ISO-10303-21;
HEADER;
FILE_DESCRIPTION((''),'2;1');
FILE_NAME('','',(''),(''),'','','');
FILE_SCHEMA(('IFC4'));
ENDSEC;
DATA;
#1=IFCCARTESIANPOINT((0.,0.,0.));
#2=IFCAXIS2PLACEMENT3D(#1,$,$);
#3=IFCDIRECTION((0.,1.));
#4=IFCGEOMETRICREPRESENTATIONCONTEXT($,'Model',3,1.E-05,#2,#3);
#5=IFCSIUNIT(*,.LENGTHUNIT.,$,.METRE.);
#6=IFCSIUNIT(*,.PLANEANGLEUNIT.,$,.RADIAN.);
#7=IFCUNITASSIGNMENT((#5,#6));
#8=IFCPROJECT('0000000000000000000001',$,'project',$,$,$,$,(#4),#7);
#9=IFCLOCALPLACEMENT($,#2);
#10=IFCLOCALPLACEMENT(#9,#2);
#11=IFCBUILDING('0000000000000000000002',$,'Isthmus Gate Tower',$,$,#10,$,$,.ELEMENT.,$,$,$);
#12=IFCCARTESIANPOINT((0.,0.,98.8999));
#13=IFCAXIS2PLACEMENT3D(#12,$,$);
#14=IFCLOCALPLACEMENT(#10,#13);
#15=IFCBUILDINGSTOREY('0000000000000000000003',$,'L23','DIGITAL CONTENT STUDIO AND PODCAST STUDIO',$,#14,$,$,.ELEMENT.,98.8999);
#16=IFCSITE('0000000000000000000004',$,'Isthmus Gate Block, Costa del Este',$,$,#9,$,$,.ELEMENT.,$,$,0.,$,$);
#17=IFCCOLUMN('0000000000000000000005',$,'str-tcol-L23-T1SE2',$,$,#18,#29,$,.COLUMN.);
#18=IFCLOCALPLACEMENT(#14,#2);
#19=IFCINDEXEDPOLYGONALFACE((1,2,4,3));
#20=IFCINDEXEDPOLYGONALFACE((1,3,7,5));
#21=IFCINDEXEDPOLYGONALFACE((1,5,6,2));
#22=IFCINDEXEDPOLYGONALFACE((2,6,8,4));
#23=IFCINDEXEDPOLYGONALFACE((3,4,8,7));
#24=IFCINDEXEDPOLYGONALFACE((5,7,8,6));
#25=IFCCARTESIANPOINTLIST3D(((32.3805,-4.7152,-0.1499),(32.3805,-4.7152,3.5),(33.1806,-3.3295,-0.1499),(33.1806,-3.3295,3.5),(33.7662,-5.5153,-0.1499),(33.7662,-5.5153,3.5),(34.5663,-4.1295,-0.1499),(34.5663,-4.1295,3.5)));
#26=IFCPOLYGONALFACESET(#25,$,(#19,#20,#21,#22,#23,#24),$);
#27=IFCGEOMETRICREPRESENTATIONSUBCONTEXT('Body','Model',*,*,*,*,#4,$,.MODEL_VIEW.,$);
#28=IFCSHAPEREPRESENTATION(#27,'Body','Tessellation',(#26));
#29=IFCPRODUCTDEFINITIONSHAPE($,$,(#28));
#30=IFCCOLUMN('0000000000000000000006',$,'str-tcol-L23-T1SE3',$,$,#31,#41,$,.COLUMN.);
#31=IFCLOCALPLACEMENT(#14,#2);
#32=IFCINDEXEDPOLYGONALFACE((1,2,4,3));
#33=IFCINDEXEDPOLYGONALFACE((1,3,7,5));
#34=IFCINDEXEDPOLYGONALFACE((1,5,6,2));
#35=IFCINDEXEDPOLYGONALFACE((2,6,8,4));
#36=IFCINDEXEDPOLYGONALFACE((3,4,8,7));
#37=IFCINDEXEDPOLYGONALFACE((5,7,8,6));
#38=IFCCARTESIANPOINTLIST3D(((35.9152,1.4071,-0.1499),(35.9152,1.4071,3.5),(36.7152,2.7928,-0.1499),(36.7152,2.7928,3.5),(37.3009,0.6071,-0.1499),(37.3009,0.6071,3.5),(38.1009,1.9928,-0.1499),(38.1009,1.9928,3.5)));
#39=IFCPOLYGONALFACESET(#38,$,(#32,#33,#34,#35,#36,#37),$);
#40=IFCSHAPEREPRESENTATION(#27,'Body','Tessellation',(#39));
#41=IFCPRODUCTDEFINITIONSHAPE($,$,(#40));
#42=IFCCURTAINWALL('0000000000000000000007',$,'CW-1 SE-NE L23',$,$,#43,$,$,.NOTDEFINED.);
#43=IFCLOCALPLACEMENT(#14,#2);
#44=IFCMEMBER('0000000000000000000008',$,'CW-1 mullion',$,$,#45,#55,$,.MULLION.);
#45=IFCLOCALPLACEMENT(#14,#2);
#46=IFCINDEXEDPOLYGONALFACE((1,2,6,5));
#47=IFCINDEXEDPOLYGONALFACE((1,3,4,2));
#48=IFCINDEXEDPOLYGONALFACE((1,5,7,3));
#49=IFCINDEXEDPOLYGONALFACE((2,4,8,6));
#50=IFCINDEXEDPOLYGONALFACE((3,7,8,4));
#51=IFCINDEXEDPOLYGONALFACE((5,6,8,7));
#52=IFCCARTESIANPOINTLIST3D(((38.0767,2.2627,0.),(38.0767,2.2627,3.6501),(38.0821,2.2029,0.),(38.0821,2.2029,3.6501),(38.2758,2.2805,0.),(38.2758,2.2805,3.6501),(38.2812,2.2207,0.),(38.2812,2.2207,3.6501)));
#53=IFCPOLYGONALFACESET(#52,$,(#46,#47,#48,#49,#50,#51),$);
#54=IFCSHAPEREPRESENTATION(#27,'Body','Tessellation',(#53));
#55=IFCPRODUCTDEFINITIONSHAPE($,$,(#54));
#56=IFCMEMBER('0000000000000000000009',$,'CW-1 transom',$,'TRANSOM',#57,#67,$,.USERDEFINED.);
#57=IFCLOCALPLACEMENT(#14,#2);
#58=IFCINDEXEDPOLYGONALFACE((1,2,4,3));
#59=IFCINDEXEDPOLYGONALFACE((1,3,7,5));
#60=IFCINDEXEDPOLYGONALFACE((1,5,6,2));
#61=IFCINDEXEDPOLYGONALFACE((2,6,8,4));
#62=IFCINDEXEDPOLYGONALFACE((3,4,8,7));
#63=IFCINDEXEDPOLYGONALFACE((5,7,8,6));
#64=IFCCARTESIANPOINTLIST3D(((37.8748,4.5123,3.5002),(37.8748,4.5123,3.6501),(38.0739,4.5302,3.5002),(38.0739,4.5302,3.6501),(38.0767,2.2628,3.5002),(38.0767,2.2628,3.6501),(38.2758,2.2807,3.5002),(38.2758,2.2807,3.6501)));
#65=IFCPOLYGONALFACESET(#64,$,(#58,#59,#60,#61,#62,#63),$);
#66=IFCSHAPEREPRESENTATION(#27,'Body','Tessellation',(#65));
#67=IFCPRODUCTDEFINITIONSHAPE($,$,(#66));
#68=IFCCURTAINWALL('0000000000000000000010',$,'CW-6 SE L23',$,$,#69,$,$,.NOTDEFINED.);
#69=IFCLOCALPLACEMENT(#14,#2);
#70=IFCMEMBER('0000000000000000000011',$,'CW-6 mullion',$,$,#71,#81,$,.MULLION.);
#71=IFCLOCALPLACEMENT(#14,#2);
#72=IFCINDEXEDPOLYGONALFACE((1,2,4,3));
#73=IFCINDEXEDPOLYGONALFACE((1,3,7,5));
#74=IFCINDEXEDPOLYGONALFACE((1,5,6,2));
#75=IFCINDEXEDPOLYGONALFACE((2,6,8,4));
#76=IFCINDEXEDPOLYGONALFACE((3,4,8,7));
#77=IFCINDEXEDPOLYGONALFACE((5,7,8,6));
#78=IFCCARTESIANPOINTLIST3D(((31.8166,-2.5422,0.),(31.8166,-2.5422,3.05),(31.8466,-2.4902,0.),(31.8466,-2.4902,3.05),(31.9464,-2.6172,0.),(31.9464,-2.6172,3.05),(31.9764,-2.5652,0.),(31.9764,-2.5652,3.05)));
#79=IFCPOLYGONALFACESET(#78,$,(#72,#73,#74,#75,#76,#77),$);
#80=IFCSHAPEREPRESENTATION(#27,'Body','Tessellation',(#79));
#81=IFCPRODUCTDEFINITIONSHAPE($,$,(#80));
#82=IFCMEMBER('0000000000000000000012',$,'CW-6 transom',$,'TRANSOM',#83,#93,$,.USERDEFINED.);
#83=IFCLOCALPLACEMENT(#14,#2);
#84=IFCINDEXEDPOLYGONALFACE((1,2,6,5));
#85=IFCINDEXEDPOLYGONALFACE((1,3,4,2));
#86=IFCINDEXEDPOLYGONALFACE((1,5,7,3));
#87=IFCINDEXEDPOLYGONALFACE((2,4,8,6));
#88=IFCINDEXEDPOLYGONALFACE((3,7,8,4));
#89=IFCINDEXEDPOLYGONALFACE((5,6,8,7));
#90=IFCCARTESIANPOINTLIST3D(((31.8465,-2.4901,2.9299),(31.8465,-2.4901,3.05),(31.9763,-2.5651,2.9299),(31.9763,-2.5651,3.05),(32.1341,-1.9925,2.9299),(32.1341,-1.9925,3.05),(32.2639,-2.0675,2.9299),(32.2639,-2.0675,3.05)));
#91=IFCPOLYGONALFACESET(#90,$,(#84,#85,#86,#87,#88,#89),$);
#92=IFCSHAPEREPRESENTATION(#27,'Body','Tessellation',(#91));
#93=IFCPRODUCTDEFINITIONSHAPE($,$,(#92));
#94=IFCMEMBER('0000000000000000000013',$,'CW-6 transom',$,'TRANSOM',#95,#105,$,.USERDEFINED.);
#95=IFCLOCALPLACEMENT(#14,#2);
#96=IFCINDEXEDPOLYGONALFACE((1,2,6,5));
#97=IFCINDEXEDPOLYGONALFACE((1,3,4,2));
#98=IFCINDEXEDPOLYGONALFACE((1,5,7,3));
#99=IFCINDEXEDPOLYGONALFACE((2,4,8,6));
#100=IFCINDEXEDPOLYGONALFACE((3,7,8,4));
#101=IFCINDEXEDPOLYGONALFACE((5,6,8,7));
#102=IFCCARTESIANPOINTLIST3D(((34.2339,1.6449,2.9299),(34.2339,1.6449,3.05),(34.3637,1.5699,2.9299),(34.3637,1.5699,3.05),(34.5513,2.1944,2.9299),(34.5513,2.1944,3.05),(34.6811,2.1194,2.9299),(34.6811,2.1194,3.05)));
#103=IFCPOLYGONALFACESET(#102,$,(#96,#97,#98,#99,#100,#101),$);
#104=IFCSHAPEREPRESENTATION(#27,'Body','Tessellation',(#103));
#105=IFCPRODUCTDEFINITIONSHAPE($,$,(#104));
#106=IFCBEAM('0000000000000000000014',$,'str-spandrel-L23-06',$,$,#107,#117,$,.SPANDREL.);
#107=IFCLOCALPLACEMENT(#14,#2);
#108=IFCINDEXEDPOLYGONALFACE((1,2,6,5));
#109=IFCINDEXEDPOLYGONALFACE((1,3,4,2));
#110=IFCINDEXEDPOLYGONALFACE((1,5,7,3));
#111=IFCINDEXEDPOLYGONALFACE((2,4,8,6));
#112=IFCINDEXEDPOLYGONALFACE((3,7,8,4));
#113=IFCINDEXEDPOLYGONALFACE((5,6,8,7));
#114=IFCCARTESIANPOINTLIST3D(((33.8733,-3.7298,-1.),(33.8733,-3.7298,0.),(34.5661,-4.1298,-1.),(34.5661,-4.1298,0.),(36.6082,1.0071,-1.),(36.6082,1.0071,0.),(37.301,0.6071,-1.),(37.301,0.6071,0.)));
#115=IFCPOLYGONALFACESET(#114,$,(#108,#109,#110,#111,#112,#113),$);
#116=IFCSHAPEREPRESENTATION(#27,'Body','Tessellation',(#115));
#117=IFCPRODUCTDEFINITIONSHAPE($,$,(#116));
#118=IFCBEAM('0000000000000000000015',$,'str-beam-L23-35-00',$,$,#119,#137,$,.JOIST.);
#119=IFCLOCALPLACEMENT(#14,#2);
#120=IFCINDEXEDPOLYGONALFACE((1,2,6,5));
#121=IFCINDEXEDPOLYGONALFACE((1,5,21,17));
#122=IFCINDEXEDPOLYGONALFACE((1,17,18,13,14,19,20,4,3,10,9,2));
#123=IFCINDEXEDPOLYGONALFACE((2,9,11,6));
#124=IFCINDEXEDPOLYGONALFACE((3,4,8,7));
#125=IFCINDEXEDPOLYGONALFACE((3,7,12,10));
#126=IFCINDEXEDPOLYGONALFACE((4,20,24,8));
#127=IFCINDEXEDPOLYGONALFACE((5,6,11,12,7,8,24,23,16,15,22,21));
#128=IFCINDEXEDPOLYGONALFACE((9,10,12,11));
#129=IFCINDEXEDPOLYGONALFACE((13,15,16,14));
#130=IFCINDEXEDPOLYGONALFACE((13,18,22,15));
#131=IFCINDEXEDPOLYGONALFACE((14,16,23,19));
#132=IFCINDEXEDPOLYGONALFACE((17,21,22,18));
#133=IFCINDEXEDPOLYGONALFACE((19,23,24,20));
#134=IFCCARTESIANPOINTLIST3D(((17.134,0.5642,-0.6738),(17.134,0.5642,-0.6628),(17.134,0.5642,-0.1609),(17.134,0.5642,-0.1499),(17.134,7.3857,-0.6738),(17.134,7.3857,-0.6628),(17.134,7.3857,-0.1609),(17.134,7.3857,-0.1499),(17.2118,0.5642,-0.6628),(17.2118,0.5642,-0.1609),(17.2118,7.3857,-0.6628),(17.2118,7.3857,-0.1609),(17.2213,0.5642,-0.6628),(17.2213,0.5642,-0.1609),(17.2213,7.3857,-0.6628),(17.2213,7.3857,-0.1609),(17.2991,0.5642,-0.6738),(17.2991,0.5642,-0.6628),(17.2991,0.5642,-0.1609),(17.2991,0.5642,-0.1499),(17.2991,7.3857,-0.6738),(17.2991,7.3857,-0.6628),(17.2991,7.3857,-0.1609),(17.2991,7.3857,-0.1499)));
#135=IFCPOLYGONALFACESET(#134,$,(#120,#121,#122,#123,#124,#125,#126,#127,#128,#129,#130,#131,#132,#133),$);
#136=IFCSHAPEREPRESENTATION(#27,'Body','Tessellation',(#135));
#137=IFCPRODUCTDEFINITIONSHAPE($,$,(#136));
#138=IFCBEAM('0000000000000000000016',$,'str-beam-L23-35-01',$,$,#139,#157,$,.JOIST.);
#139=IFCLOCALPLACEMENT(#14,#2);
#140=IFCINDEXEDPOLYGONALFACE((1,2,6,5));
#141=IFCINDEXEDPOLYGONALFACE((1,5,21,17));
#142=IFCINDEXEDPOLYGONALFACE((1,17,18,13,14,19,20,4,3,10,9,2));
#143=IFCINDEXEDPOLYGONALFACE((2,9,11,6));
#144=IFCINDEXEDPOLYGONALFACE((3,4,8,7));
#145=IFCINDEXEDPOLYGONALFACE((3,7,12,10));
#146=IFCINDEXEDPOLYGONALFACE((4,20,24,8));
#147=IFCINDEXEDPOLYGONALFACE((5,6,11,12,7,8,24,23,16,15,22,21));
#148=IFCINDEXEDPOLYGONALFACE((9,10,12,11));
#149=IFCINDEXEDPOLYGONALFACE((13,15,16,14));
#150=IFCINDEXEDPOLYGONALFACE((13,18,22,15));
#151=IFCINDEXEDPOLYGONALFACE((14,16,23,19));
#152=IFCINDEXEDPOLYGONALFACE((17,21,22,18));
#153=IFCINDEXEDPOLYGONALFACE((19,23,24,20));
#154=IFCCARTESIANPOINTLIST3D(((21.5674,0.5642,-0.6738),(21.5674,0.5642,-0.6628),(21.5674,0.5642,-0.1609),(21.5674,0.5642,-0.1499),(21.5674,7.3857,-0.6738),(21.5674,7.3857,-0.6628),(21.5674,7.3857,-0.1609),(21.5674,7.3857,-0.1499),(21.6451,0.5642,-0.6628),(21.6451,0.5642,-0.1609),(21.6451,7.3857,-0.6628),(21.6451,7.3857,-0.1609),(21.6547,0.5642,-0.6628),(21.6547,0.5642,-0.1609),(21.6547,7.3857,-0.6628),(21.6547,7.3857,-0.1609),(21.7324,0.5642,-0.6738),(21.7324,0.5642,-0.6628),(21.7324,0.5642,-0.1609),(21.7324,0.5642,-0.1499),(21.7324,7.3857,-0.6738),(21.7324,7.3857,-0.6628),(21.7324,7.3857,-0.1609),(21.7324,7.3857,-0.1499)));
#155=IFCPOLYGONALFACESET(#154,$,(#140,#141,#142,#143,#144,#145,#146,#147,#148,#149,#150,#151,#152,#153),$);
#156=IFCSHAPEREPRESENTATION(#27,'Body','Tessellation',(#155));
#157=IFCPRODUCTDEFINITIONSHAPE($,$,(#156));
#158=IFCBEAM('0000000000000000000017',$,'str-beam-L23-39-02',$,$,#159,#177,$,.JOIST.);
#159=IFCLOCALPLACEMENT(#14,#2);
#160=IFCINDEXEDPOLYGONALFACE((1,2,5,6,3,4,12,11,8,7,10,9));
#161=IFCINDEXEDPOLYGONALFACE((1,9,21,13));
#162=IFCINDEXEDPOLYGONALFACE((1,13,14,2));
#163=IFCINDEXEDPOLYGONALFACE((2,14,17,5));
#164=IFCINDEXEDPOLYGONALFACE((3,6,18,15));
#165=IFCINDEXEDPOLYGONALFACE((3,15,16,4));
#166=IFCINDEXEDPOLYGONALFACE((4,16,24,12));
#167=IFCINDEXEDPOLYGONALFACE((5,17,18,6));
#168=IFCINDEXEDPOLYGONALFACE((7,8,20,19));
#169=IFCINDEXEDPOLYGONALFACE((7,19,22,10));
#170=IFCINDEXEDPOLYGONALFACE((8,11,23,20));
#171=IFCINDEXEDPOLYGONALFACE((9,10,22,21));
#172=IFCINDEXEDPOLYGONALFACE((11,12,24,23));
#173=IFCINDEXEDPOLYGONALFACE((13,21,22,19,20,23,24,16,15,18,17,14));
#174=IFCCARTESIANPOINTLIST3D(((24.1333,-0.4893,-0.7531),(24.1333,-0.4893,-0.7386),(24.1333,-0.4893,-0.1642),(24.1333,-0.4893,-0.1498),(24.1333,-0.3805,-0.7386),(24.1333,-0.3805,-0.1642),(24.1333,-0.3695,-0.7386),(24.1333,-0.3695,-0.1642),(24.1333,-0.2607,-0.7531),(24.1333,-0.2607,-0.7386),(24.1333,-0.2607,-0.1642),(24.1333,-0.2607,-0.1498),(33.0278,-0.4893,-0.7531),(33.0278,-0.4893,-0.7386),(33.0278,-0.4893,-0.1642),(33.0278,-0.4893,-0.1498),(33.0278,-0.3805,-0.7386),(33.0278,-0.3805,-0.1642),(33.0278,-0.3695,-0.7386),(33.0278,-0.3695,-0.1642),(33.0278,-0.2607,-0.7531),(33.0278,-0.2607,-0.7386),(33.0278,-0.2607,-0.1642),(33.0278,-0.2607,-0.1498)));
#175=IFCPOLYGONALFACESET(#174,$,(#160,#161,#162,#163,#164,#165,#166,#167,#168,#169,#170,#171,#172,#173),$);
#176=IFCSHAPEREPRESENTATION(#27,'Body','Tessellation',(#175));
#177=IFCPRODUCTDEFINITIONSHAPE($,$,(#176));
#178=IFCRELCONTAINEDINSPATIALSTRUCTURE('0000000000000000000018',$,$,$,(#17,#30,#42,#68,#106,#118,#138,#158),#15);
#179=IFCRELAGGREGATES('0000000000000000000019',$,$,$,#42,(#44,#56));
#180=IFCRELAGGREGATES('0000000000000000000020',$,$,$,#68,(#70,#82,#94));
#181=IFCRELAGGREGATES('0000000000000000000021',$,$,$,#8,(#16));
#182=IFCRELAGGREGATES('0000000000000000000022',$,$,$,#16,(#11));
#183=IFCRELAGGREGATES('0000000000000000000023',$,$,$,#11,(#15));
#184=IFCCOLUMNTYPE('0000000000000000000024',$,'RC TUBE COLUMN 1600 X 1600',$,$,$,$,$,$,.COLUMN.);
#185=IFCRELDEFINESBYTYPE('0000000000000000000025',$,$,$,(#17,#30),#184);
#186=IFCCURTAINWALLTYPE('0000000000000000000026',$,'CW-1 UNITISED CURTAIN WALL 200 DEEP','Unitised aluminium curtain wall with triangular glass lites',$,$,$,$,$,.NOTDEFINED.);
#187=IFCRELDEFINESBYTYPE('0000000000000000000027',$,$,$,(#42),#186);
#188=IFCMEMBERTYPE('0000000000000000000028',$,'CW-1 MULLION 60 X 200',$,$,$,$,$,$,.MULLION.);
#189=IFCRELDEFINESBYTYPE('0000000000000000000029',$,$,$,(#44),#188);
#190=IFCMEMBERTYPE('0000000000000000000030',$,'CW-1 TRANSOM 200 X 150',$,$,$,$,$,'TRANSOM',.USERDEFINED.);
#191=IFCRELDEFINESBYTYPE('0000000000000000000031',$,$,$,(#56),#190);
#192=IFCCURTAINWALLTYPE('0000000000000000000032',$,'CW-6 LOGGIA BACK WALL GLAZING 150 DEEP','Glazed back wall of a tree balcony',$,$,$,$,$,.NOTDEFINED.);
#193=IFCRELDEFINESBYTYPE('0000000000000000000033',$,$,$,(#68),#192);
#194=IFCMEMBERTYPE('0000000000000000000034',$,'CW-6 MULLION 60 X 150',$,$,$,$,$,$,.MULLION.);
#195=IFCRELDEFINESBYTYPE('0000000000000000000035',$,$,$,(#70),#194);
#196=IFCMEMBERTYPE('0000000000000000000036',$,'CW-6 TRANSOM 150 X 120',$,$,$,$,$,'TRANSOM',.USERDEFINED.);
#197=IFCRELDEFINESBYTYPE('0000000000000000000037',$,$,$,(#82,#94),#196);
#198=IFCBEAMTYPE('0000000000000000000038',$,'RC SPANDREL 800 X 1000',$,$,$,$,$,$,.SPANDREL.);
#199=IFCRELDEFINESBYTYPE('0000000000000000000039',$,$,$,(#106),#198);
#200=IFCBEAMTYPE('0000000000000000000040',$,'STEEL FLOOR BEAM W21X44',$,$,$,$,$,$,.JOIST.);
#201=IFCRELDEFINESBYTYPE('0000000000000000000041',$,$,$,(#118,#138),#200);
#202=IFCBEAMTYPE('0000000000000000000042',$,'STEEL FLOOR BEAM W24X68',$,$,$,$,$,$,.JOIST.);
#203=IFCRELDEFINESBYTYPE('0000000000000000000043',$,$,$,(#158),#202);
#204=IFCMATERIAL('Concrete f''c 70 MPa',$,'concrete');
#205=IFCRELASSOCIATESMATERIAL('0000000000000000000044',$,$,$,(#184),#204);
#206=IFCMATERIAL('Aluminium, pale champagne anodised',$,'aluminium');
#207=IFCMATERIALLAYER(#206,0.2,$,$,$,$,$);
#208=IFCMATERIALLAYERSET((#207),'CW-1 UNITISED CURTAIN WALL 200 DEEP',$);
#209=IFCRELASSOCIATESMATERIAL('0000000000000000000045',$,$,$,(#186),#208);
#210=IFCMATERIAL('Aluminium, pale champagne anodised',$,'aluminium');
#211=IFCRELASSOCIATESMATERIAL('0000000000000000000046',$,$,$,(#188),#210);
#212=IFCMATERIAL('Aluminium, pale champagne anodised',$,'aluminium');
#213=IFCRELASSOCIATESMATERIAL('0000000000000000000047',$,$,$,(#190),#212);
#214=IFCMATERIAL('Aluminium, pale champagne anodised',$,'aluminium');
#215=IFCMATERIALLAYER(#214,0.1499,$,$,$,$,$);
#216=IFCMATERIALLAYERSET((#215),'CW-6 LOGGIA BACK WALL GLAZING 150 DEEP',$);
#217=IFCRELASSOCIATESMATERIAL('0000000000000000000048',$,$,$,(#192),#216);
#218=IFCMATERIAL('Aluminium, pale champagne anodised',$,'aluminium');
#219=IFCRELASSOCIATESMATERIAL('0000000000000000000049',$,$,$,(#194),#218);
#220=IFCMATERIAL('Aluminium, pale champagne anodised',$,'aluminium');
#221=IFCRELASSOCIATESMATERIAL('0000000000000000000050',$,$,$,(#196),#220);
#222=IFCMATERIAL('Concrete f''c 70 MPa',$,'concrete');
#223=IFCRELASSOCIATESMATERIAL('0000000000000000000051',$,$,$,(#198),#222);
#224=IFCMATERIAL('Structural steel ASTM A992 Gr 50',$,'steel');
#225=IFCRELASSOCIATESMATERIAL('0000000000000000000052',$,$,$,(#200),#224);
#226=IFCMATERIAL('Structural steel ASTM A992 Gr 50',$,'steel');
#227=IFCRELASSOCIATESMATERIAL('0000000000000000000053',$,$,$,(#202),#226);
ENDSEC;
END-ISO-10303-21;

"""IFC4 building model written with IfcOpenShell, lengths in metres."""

from ifc_helpers import new_model, si_unit, direction, frame, origin, origin_2d, place, context, subcontext, project, spatial, rectangle, i_section, extrude, material, layer, layer_set, material_profile, profile_set, type_object, element, aggregate, save


model = new_model("IFC4")

# Units and contexts
model_context = context("Model", 3, precision=1e-05, world=origin(), true_north=direction((0.0, 1.0)))
body_context = subcontext(model_context, "Body", "Model", "MODEL_VIEW")
ifc_project = project(units=[si_unit("LENGTHUNIT", "METRE"), si_unit("PLANEANGLEUNIT", "RADIAN")], contexts=[model_context])

# Site, building, storey
site_placement = place(None, origin())
site = spatial("IfcSite", under=ifc_project, at=site_placement, Name="Isthmus Gate Block, Costa del Este", CompositionType="ELEMENT", RefElevation=0.0)
building_placement = place(site_placement, origin())
building = spatial("IfcBuilding", under=site, at=building_placement, Name="Isthmus Gate Tower", CompositionType="ELEMENT")
storey_placement = place(building_placement, frame((0.0, 0.0, 98.8999)))
storey = spatial("IfcBuildingStorey", under=building, at=storey_placement, Name="L23", Description="DIGITAL CONTENT STUDIO AND PODCAST STUDIO", CompositionType="ELEMENT", Elevation=98.8999)

# Columns
ifc_material_1 = material(Name="Concrete f'c 70 MPa", Category="concrete")
ifc_material_profile_1 = material_profile(ifc_material_1, rectangle(XDim=1.6001, YDim=1.6001, at=origin_2d()), Name="RC 1600X1600")
ifc_profile_set_1 = profile_set([ifc_material_profile_1], Name="Concrete f'c 70 MPa")
column_type = type_object("IfcColumnType", Name="RC TUBE COLUMN 1600 X 1600", PredefinedType="COLUMN", material=ifc_profile_set_1)
for number, where, z_axis, x_axis, name in (
    (1, (33.4734, -4.4224, -0.1499), (0.0, 0.0, 1.0), (0.5, 0.866025, 0.0), "str-tcol-L23-T1SE2"),
    (2, (37.0081, 1.7, -0.1499), (0.0, 0.0, 1.0), (0.5, 0.866025, 0.0), "str-tcol-L23-T1SE3"),
):
    element("IfcColumn", number, at=place(storey_placement, frame(where, z_axis=z_axis, x_axis=x_axis)), inside=storey, type_object=column_type, Name=name, PredefinedType="COLUMN", context=body_context, shape_type="SweptSolid", body=[
        extrude(rectangle(XDim=1.6001, YDim=1.6001, at=origin_2d()), origin(), (0.0, 0.0, 1.0), 3.6499),
    ])

# Curtain walls, members
ifc_material_2 = material(Name="Aluminium, pale champagne anodised", Category="aluminium")
ifc_layer_1 = layer(ifc_material_2, 0.2)
ifc_layer_set_1 = layer_set([ifc_layer_1], Name="CW-1 UNITISED CURTAIN WALL 200 DEEP")
curtain_wall_type_1 = type_object("IfcCurtainWallType", Name="CW-1 UNITISED CURTAIN WALL 200 DEEP", Description="Unitised aluminium curtain wall with triangular glass lites", PredefinedType="NOTDEFINED", material=ifc_layer_set_1)
curtain_wall_1_placement = place(storey_placement, origin())
curtain_wall_1 = element("IfcCurtainWall", 3, at=curtain_wall_1_placement, inside=storey, type_object=curtain_wall_type_1, Name="CW-1 SE-NE L23", PredefinedType="NOTDEFINED")
ifc_material_3 = material(Name="Aluminium, pale champagne anodised", Category="aluminium")
ifc_material_profile_2 = material_profile(ifc_material_3, rectangle(XDim=0.0601, YDim=0.2, at=origin_2d()), Name="60x200")
ifc_profile_set_2 = profile_set([ifc_material_profile_2], Name="Aluminium, pale champagne anodised")
member_type_1 = type_object("IfcMemberType", Name="CW-1 MULLION 60 X 200", PredefinedType="MULLION", material=ifc_profile_set_2)
member_1_placement = place(storey_placement, frame((38.179, 2.2417, 0.0), z_axis=(0.0, 0.0, 1.0), x_axis=(-0.089397, 0.995996, 0.0)))
member_1 = element("IfcMember", 4, at=member_1_placement, type_object=member_type_1, Name="CW-1 mullion", PredefinedType="MULLION", context=body_context, shape_type="SweptSolid", body=[
    extrude(rectangle(XDim=0.0601, YDim=0.2, at=origin_2d()), origin(), (0.0, 0.0, 1.0), 3.6501),
])
ifc_material_4 = material(Name="Aluminium, pale champagne anodised", Category="aluminium")
ifc_material_profile_3 = material_profile(ifc_material_4, rectangle(XDim=0.2, YDim=0.1499, at=origin_2d()), Name="200x150")
ifc_profile_set_3 = profile_set([ifc_material_profile_3], Name="Aluminium, pale champagne anodised")
member_type_2 = type_object("IfcMemberType", Name="CW-1 TRANSOM 200 X 150", ElementType="TRANSOM", PredefinedType="USERDEFINED", material=ifc_profile_set_3)
member_2_placement = place(storey_placement, frame((38.1763, 2.2717, 3.5752), z_axis=(-0.089395, 0.995996, 0.0), x_axis=(-0.995996, -0.089395, 0.0)))
member_2 = element("IfcMember", 5, at=member_2_placement, type_object=member_type_2, Name="CW-1 transom", ObjectType="TRANSOM", PredefinedType="USERDEFINED", context=body_context, shape_type="SweptSolid", body=[
    extrude(rectangle(XDim=0.2, YDim=0.1499, at=origin_2d()), origin(), (0.0, 0.0, 1.0), 2.2585),
])
ifc_material_5 = material(Name="Aluminium, pale champagne anodised", Category="aluminium")
ifc_layer_2 = layer(ifc_material_5, 0.1499)
ifc_layer_set_2 = layer_set([ifc_layer_2], Name="CW-6 LOGGIA BACK WALL GLAZING 150 DEEP")
curtain_wall_type_2 = type_object("IfcCurtainWallType", Name="CW-6 LOGGIA BACK WALL GLAZING 150 DEEP", Description="Glazed back wall of a tree balcony", PredefinedType="NOTDEFINED", material=ifc_layer_set_2)
curtain_wall_2_placement = place(storey_placement, origin())
curtain_wall_2 = element("IfcCurtainWall", 6, at=curtain_wall_2_placement, inside=storey, type_object=curtain_wall_type_2, Name="CW-6 SE L23", PredefinedType="NOTDEFINED")
ifc_material_6 = material(Name="Aluminium, pale champagne anodised", Category="aluminium")
ifc_material_profile_4 = material_profile(ifc_material_6, rectangle(XDim=0.0601, YDim=0.1499, at=origin_2d()), Name="60x150")
ifc_profile_set_4 = profile_set([ifc_material_profile_4], Name="Aluminium, pale champagne anodised")
member_type_3 = type_object("IfcMemberType", Name="CW-6 MULLION 60 X 150", PredefinedType="MULLION", material=ifc_profile_set_4)
member_3_placement = place(storey_placement, frame((31.8965, -2.5537, 0.0), z_axis=(0.0, 0.0, 1.0), x_axis=(0.5, 0.866025, 0.0)))
member_3 = element("IfcMember", 7, at=member_3_placement, type_object=member_type_3, Name="CW-6 mullion", PredefinedType="MULLION", context=body_context, shape_type="SweptSolid", body=[
    extrude(rectangle(XDim=0.0601, YDim=0.1499, at=origin_2d()), origin(), (0.0, 0.0, 1.0), 3.05),
])
ifc_material_7 = material(Name="Aluminium, pale champagne anodised", Category="aluminium")
ifc_material_profile_5 = material_profile(ifc_material_7, rectangle(XDim=0.1499, YDim=0.1201, at=origin_2d()), Name="150x120")
ifc_profile_set_5 = profile_set([ifc_material_profile_5], Name="Aluminium, pale champagne anodised")
member_type_4 = type_object("IfcMemberType", Name="CW-6 TRANSOM 150 X 120", ElementType="TRANSOM", PredefinedType="USERDEFINED", material=ifc_profile_set_5)
member_4_placement = place(storey_placement, frame((31.9114, -2.5276, 2.99), z_axis=(0.500433, 0.865775, 0.0), x_axis=(-0.865775, 0.500433, 0.0)))
member_4 = element("IfcMember", 8, at=member_4_placement, type_object=member_type_4, Name="CW-6 transom", ObjectType="TRANSOM", PredefinedType="USERDEFINED", context=body_context, shape_type="SweptSolid", body=[
    extrude(rectangle(XDim=0.1499, YDim=0.1201, at=origin_2d()), origin(), (0.0, 0.0, 1.0), 0.5747),
])
member_5_placement = place(storey_placement, frame((34.2988, 1.6074, 2.99), z_axis=(0.500111, 0.865961, 0.0), x_axis=(-0.865961, 0.500111, 0.0)))
member_5 = element("IfcMember", 9, at=member_5_placement, type_object=member_type_4, Name="CW-6 transom", ObjectType="TRANSOM", PredefinedType="USERDEFINED", context=body_context, shape_type="SweptSolid", body=[
    extrude(rectangle(XDim=0.1499, YDim=0.1201, at=origin_2d()), origin(), (0.0, 0.0, 1.0), 0.6345),
])

# Beams
ifc_material_8 = material(Name="Concrete f'c 70 MPa", Category="concrete")
ifc_material_profile_6 = material_profile(ifc_material_8, rectangle(XDim=0.8, YDim=1.0, at=origin_2d()), Name="RC 800X1000")
ifc_profile_set_6 = profile_set([ifc_material_profile_6], Name="Concrete f'c 70 MPa")
beam_type_1 = type_object("IfcBeamType", Name="RC SPANDREL 800 X 1000", PredefinedType="SPANDREL", material=ifc_profile_set_6)
beam_1_placement = place(storey_placement, frame((36.9546, 0.8071, -0.5), z_axis=(-0.500008, -0.866021, 0.0), x_axis=(0.866021, -0.500008, 0.0)))
element("IfcBeam", 10, at=beam_1_placement, inside=storey, type_object=beam_type_1, Name="str-spandrel-L23-06", PredefinedType="SPANDREL", context=body_context, shape_type="SweptSolid", body=[
    extrude(rectangle(XDim=0.8, YDim=1.0, at=origin_2d()), origin(), (0.0, 0.0, 1.0), 5.4697),
])
ifc_material_9 = material(Name="Structural steel ASTM A992 Gr 50", Category="steel")
ifc_material_profile_7 = material_profile(ifc_material_9, i_section(OverallWidth=0.165, OverallDepth=0.5239, WebThickness=0.0095, FlangeThickness=0.011, at=origin_2d()), Name="W21X44")
ifc_profile_set_7 = profile_set([ifc_material_profile_7], Name="Structural steel ASTM A992 Gr 50")
beam_type_2 = type_object("IfcBeamType", Name="STEEL FLOOR BEAM W21X44", PredefinedType="JOIST", material=ifc_profile_set_7)
for number, where, z_axis, x_axis, name in (
    (11, (17.2166, 0.5642, -0.4119), (0.0, 1.0, 0.0), (-1.0, 0.0, 0.0), "str-beam-L23-35-00"),
    (12, (21.6499, 0.5642, -0.4119), (0.0, 1.0, 0.0), (-1.0, 0.0, 0.0), "str-beam-L23-35-01"),
):
    element("IfcBeam", number, at=place(storey_placement, frame(where, z_axis=z_axis, x_axis=x_axis)), inside=storey, type_object=beam_type_2, Name=name, PredefinedType="JOIST", context=body_context, shape_type="SweptSolid", body=[
        extrude(i_section(OverallWidth=0.165, OverallDepth=0.5239, WebThickness=0.0095, FlangeThickness=0.011, at=origin_2d()), origin(), (0.0, 0.0, 1.0), 6.8215),
    ])
ifc_material_10 = material(Name="Structural steel ASTM A992 Gr 50", Category="steel")
ifc_material_profile_8 = material_profile(ifc_material_10, i_section(OverallWidth=0.2285, OverallDepth=0.6033, WebThickness=0.011, FlangeThickness=0.0144, at=origin_2d()), Name="W24X68")
ifc_profile_set_8 = profile_set([ifc_material_profile_8], Name="Structural steel ASTM A992 Gr 50")
beam_type_3 = type_object("IfcBeamType", Name="STEEL FLOOR BEAM W24X68", PredefinedType="JOIST", material=ifc_profile_set_8)
beam_2_placement = place(storey_placement, frame((24.1333, -0.375, -0.4514), z_axis=(1.0, 0.0, 0.0), x_axis=(0.0, 1.0, 0.0)))
element("IfcBeam", 13, at=beam_2_placement, inside=storey, type_object=beam_type_3, Name="str-beam-L23-39-02", PredefinedType="JOIST", context=body_context, shape_type="SweptSolid", body=[
    extrude(i_section(OverallWidth=0.2285, OverallDepth=0.6033, WebThickness=0.011, FlangeThickness=0.0144, at=origin_2d()), origin(), (0.0, 0.0, 1.0), 8.8945),
])

aggregate(curtain_wall_1, [member_1, member_2])
aggregate(curtain_wall_2, [member_3, member_4, member_5])

save(model, "model.ifc")
